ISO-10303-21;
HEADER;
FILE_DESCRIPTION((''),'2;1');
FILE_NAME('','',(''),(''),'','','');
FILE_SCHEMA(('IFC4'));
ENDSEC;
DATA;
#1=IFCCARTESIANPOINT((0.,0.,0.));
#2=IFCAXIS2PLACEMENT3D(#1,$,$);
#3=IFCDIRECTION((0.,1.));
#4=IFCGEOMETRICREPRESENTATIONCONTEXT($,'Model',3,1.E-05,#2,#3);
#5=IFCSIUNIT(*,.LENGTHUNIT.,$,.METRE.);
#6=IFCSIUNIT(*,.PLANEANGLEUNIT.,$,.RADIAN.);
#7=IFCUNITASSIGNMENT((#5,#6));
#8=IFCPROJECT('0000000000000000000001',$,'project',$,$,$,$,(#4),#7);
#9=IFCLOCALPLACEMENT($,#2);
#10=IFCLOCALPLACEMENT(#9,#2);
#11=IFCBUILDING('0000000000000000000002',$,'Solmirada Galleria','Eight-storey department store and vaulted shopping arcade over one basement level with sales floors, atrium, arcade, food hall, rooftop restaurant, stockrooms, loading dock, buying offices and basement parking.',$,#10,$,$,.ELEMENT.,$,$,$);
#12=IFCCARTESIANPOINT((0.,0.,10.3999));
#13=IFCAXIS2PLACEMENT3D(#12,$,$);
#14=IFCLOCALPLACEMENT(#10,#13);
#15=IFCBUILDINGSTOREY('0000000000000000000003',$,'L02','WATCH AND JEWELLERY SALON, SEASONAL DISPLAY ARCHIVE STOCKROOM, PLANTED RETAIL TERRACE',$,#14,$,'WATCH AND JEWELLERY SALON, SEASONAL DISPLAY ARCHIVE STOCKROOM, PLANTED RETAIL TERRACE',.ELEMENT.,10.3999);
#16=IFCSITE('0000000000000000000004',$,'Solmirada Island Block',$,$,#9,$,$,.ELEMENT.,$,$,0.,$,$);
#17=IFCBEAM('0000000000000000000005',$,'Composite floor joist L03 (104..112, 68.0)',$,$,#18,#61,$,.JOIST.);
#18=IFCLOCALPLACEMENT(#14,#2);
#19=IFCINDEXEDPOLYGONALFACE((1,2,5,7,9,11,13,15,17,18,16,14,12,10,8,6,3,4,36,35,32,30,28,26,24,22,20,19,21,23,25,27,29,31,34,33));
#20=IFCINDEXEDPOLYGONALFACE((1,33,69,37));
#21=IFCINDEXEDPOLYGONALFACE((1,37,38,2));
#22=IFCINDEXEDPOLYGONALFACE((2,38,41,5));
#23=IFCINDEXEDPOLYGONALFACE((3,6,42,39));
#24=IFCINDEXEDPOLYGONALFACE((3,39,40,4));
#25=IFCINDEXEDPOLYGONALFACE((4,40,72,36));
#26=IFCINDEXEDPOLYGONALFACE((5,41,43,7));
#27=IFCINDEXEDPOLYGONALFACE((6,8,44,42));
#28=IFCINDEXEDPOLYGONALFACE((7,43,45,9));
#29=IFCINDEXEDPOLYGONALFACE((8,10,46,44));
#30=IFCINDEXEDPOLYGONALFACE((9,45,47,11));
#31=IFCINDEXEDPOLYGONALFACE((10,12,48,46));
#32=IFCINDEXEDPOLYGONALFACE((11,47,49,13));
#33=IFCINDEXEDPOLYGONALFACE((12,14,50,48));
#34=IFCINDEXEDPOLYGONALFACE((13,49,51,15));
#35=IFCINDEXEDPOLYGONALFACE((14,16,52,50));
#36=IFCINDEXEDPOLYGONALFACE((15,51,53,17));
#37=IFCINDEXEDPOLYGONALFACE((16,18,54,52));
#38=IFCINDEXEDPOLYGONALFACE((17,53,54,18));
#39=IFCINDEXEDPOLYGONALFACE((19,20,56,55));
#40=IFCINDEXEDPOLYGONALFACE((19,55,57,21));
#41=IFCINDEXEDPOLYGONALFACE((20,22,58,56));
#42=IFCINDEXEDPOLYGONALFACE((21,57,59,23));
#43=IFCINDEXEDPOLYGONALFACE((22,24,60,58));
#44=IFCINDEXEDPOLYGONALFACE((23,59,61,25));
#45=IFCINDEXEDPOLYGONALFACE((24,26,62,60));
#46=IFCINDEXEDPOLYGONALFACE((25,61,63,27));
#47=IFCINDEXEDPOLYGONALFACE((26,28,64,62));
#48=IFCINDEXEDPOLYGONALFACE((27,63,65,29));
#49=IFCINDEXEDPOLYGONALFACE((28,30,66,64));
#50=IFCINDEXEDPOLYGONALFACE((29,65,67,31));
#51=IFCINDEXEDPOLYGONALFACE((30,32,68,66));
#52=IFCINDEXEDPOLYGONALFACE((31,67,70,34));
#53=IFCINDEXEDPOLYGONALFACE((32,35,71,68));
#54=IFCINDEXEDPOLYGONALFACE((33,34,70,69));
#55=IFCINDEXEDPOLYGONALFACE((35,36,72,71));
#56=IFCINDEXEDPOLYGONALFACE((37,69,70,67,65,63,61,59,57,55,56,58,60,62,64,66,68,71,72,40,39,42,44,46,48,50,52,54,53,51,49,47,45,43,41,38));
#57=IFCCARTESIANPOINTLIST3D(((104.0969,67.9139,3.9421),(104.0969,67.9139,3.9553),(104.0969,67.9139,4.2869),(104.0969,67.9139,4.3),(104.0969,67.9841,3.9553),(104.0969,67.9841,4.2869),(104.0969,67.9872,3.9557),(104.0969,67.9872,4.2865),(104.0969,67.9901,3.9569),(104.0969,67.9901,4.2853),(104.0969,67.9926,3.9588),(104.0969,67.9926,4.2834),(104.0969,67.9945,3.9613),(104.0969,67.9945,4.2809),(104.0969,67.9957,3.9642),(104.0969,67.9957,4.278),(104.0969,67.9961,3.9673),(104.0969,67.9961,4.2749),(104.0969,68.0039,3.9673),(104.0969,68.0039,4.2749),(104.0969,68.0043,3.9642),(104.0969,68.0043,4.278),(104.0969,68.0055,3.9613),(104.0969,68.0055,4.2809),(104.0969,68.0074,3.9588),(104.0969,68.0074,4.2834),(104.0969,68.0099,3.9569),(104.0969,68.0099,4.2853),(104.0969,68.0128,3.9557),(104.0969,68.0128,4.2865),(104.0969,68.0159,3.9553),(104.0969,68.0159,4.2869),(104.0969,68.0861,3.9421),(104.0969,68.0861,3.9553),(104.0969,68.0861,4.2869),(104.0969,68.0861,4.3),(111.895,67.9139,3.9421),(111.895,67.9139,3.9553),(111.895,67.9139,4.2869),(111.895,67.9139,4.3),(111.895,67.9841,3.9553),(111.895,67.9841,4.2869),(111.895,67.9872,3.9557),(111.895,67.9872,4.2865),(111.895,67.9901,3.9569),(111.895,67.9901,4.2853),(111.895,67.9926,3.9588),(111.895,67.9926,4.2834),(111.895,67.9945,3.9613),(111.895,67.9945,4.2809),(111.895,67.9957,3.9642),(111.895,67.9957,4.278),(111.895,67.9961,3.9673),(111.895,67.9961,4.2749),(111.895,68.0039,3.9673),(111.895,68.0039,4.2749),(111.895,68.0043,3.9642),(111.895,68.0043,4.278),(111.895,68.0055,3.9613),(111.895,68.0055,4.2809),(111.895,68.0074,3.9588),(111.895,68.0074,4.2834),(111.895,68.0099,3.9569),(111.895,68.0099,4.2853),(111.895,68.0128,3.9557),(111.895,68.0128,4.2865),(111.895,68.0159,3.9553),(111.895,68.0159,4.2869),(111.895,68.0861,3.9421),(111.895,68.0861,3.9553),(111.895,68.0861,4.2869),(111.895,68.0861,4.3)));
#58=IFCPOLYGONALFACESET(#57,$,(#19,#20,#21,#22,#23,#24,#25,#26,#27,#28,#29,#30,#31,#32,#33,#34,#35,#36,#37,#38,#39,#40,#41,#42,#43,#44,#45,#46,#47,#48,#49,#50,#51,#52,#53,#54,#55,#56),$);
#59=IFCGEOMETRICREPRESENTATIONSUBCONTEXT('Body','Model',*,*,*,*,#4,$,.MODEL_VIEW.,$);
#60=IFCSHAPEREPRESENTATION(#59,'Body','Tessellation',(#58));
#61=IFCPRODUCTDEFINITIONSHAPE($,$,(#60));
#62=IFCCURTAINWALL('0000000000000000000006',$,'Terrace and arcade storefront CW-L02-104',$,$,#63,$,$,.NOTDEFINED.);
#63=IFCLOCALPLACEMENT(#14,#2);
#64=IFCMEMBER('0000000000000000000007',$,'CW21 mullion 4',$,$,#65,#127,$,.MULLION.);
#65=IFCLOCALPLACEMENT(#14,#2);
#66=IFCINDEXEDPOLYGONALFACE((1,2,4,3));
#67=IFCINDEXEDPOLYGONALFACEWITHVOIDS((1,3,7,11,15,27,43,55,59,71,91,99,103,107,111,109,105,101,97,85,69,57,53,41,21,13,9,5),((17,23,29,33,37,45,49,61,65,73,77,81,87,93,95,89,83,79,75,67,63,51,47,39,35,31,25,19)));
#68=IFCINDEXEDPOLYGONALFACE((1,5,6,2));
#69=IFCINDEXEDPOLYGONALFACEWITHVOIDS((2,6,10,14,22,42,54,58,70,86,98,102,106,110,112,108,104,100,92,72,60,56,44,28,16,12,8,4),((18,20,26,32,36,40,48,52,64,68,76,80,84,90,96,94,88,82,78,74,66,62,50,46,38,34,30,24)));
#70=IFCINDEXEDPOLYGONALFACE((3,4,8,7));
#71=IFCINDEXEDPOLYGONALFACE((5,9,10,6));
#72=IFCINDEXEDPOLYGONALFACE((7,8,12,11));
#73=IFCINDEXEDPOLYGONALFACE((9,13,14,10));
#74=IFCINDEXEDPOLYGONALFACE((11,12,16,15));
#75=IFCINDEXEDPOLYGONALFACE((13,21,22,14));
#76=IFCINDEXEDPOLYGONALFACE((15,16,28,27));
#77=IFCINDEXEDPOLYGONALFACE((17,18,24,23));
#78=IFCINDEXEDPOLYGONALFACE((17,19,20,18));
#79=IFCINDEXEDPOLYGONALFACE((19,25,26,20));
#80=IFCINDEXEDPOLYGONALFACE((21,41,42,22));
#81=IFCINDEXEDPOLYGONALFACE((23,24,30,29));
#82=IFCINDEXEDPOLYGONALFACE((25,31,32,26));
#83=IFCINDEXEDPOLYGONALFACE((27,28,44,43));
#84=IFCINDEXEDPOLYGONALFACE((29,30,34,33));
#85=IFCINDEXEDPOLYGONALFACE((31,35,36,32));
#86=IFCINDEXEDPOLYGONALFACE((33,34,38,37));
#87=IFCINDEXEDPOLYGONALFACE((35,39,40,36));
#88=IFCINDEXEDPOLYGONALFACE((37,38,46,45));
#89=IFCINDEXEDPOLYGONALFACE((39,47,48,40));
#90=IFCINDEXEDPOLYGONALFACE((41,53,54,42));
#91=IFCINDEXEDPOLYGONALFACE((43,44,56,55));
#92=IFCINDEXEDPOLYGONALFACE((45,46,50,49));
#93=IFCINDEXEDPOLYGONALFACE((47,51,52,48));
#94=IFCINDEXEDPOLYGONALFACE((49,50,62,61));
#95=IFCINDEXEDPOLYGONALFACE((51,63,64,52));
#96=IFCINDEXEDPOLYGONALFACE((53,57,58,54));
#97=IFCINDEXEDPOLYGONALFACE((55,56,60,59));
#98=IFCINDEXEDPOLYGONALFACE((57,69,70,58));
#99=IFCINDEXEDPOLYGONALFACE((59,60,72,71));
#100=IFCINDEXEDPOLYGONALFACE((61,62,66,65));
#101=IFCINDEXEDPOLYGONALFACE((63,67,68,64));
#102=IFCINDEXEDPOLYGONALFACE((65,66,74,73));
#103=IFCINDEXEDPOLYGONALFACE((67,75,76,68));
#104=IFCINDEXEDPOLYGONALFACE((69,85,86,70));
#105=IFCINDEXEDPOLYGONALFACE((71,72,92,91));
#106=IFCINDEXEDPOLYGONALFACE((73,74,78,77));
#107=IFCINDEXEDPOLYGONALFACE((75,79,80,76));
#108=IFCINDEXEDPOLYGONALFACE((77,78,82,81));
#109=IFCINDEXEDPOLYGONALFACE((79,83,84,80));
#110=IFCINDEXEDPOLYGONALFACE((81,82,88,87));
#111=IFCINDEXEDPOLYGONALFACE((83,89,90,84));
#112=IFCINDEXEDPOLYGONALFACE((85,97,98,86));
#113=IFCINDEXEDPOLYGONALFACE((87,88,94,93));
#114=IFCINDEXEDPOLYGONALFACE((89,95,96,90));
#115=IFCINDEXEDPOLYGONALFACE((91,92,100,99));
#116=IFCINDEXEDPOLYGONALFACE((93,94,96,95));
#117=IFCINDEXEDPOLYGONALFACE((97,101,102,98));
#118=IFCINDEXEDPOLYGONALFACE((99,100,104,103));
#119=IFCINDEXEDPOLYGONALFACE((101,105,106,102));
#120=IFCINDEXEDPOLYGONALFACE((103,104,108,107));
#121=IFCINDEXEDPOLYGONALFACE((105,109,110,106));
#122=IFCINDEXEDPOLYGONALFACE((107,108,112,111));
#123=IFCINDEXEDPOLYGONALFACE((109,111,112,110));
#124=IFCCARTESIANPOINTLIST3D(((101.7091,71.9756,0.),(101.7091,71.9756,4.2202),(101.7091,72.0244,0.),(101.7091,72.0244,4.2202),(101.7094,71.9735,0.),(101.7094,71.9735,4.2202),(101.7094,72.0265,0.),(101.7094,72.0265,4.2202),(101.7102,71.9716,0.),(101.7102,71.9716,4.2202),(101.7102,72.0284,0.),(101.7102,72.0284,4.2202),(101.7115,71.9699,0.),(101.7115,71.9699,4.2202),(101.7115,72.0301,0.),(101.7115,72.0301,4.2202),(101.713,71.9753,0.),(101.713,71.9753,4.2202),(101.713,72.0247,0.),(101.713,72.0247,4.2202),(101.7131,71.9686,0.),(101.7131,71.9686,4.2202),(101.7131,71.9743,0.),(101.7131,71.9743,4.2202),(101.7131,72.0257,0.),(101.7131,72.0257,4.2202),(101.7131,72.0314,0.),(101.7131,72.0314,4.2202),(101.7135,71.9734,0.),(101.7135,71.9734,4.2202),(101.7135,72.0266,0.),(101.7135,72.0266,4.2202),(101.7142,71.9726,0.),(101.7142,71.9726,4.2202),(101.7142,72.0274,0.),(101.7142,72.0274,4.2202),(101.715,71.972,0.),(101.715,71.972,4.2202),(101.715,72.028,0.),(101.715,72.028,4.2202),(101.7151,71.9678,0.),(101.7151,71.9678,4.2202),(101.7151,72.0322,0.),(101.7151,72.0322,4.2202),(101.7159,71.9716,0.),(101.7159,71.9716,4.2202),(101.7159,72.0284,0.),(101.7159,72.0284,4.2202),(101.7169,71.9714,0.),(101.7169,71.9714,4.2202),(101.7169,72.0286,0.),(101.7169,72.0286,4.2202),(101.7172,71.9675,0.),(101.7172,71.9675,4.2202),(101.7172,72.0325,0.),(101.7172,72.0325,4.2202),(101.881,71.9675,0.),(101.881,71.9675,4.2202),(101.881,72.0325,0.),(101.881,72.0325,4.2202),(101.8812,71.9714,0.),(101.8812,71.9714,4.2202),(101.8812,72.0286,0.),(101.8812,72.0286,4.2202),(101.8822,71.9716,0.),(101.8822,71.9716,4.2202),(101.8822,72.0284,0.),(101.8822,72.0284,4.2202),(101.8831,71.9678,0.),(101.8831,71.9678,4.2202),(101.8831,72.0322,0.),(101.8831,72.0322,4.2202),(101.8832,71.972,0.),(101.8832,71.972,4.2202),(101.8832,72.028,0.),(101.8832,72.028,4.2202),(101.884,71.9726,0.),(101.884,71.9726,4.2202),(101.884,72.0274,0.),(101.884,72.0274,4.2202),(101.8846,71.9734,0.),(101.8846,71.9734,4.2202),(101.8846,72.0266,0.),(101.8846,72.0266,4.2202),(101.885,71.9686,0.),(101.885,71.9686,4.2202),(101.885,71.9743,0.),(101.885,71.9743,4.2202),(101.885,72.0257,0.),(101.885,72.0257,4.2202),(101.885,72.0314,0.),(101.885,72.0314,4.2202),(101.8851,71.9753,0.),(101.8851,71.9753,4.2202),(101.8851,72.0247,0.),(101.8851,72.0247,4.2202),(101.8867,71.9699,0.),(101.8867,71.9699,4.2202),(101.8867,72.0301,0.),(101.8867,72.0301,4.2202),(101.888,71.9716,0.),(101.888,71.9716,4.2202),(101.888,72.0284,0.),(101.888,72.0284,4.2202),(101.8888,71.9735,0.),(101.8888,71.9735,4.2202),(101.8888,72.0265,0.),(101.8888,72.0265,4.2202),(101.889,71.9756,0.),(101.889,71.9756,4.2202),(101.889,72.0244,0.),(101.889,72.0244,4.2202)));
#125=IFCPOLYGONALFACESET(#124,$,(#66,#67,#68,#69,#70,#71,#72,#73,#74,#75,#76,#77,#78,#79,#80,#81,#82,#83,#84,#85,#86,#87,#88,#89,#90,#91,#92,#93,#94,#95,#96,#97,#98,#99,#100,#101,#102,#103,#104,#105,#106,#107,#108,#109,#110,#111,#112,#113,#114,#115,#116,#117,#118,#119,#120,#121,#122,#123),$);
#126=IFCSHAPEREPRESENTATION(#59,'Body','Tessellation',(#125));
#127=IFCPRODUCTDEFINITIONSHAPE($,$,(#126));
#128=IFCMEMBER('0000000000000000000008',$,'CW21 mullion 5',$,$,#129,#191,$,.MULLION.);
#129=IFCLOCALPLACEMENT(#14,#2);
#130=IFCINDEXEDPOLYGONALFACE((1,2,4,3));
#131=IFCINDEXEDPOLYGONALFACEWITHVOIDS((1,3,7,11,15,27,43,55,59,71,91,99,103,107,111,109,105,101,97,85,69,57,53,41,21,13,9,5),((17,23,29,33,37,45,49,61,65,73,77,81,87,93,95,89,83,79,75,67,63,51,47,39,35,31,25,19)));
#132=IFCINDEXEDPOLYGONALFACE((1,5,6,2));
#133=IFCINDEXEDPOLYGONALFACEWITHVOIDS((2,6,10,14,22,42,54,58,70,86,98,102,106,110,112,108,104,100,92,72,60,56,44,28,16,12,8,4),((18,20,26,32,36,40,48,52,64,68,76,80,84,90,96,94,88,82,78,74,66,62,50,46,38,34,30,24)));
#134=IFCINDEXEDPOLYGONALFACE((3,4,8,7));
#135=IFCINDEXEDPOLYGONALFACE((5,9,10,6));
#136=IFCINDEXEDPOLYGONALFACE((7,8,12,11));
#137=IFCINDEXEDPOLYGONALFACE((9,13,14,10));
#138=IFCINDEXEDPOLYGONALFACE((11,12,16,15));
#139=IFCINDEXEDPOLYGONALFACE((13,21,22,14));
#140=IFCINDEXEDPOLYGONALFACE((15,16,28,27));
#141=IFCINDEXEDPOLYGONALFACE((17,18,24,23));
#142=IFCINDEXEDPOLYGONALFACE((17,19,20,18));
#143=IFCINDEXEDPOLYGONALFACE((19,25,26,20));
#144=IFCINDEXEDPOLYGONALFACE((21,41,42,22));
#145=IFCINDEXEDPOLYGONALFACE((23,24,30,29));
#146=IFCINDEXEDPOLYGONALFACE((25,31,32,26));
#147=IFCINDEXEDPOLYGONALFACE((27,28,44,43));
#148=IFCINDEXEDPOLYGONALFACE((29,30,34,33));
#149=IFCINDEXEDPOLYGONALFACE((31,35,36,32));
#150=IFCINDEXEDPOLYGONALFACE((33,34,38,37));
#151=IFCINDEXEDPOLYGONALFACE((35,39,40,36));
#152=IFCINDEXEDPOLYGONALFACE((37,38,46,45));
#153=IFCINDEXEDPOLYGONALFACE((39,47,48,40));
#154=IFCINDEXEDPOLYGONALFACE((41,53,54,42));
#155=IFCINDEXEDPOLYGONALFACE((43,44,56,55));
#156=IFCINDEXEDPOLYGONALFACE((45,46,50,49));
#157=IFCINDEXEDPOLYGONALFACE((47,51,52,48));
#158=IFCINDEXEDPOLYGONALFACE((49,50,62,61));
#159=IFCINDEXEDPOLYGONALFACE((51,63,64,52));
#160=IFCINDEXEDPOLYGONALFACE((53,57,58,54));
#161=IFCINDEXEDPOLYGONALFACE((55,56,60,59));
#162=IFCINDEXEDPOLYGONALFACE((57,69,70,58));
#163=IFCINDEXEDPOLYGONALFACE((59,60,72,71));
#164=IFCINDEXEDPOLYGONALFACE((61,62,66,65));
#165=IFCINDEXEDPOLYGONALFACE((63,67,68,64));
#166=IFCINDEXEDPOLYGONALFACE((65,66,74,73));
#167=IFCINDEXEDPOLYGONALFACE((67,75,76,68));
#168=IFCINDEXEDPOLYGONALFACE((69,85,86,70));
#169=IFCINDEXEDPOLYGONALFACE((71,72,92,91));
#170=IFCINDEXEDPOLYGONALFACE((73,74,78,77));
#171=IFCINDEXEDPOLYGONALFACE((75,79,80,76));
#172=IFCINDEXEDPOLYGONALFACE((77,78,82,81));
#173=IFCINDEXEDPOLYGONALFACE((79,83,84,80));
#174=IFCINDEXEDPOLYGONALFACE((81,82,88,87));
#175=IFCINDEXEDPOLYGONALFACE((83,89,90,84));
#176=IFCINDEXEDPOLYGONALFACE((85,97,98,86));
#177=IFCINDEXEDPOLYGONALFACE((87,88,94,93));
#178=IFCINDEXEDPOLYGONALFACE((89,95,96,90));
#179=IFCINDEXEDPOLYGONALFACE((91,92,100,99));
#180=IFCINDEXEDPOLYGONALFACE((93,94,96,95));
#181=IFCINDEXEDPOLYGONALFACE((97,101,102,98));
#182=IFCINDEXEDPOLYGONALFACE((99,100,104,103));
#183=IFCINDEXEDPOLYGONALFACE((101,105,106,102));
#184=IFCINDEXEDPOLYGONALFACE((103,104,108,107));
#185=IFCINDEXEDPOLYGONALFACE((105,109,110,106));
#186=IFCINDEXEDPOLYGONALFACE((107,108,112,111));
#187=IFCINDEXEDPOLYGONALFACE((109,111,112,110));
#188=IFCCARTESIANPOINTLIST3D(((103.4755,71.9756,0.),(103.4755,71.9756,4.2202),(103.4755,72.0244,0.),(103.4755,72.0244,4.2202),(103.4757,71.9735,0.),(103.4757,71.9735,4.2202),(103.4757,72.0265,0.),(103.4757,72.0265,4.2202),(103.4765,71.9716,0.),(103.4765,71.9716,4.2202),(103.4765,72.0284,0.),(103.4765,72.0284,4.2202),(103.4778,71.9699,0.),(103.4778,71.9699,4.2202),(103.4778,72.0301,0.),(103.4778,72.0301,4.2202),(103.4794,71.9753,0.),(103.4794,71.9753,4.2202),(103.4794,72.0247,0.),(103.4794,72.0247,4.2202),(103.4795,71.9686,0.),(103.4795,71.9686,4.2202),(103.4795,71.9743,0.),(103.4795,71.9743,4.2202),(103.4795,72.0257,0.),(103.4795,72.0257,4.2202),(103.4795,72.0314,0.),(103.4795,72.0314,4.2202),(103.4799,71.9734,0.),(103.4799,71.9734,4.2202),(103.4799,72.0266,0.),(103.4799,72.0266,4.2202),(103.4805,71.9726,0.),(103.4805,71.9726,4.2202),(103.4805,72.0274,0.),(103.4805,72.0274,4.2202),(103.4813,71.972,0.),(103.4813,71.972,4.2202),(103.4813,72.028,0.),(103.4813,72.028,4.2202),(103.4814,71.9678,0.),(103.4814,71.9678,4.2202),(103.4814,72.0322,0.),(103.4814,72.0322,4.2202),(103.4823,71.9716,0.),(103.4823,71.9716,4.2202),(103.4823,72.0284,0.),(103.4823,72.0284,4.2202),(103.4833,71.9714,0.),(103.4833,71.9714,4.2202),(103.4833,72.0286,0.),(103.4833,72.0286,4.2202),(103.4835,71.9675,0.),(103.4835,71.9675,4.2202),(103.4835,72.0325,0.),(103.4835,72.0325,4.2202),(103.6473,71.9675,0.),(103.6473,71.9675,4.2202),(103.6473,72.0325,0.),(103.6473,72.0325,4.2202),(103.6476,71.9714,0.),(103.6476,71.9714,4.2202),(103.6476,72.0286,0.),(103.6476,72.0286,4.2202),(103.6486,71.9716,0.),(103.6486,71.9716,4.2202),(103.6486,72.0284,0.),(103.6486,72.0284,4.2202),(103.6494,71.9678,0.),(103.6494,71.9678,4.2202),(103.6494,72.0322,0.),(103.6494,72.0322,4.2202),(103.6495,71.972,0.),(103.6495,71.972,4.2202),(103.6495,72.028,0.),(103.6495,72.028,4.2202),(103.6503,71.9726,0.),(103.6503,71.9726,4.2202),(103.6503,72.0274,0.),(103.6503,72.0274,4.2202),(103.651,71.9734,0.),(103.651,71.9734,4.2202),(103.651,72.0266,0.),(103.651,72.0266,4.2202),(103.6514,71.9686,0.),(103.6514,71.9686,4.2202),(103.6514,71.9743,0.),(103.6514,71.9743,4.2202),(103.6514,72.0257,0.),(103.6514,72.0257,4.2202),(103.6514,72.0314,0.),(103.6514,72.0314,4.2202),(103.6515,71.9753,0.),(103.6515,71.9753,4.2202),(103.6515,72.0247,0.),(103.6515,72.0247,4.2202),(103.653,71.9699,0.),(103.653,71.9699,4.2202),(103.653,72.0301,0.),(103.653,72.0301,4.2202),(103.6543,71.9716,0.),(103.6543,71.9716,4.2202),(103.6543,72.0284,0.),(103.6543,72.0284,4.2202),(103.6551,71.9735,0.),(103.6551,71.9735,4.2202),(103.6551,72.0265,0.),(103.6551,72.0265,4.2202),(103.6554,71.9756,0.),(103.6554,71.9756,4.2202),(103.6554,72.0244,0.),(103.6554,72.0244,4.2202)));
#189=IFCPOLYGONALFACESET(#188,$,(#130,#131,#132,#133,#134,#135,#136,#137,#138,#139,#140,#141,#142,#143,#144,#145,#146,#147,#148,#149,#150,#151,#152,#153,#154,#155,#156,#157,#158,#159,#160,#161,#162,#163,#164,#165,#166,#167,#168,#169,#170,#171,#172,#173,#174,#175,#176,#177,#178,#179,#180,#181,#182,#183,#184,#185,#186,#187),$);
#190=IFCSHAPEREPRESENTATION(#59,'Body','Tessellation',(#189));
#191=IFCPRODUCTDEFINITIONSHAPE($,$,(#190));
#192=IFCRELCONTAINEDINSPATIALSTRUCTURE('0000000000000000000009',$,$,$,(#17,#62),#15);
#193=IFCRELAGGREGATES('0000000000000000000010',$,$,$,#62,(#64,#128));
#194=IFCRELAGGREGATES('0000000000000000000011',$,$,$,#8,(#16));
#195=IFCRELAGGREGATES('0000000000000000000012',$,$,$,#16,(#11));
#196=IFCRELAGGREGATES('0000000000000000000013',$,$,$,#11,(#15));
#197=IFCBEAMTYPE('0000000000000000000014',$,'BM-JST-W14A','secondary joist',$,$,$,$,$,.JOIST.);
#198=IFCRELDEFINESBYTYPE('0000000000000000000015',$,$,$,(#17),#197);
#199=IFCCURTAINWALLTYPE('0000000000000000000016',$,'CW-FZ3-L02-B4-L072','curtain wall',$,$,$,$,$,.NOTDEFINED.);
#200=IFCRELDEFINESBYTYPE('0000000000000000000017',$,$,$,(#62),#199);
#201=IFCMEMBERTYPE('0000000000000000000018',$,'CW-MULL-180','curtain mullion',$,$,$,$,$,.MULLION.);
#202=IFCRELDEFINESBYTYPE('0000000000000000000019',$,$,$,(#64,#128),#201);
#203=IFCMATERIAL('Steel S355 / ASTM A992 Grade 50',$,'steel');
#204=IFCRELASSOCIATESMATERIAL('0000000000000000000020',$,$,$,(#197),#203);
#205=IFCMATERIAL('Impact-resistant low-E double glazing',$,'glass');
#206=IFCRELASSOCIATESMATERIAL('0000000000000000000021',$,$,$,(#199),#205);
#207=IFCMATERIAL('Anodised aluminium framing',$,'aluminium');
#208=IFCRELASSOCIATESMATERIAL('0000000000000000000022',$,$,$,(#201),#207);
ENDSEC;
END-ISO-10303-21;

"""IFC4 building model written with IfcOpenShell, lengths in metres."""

from ifc_helpers import new_model, si_unit, direction, frame, origin, origin_2d, place, context, subcontext, project, spatial, hollow_rectangle, i_section, extrude, material, material_profile, profile_set, type_object, element, aggregate, save


model = new_model("IFC4")

# Units and contexts
model_context = context("Model", 3, precision=1e-05, world=origin(), true_north=direction((0.0, 1.0)))
body_context = subcontext(model_context, "Body", "Model", "MODEL_VIEW")
ifc_project = project(units=[si_unit("LENGTHUNIT", "METRE"), si_unit("PLANEANGLEUNIT", "RADIAN")], contexts=[model_context])

# Site, building, storey
site_placement = place(None, origin())
site = spatial("IfcSite", under=ifc_project, at=site_placement, Name="Solmirada Island Block", CompositionType="ELEMENT", RefElevation=0.0)
building_placement = place(site_placement, origin())
building = spatial("IfcBuilding", under=site, at=building_placement, Name="Solmirada Galleria", Description="Eight-storey department store and vaulted shopping arcade over one basement level with sales floors, atrium, arcade, food hall, rooftop restaurant, stockrooms, loading dock, buying offices and basement parking.", CompositionType="ELEMENT")
storey_placement = place(building_placement, frame((0.0, 0.0, 10.3999)))
storey = spatial("IfcBuildingStorey", under=building, at=storey_placement, Name="L02", Description="WATCH AND JEWELLERY SALON, SEASONAL DISPLAY ARCHIVE STOCKROOM, PLANTED RETAIL TERRACE", LongName="WATCH AND JEWELLERY SALON, SEASONAL DISPLAY ARCHIVE STOCKROOM, PLANTED RETAIL TERRACE", CompositionType="ELEMENT", Elevation=10.3999)

# Beam
ifc_material_1 = material(Name="Steel S355 / ASTM A992 Grade 50", Category="steel")
ifc_material_profile_1 = material_profile(ifc_material_1, i_section(OverallWidth=0.1721, OverallDepth=0.3579, WebThickness=0.0078, FlangeThickness=0.0132, FilletRadius=0.012, at=origin_2d()), Name="W14X38")
ifc_profile_set_1 = profile_set([ifc_material_profile_1], Name="Steel S355 / ASTM A992 Grade 50")
beam_type_1 = type_object("IfcBeamType", Name="BM-JST-W14A", Description="secondary joist", PredefinedType="JOIST", material=ifc_profile_set_1)
beam_1_placement = place(storey_placement, frame((104.0969, 68.0, 4.1211), z_axis=(1.0, 0.0, 0.0), x_axis=(0.0, 1.0, 0.0)))
element("IfcBeam", 1, at=beam_1_placement, inside=storey, type_object=beam_type_1, Name="Composite floor joist L03 (104..112, 68.0)", PredefinedType="JOIST", context=body_context, shape_type="SweptSolid", body=[
    extrude(i_section(OverallWidth=0.1721, OverallDepth=0.3579, WebThickness=0.0078, FlangeThickness=0.0132, FilletRadius=0.012, at=origin_2d()), origin(), (0.0, 0.0, 1.0), 7.7981),
])

# Curtain wall, members
ifc_material_2 = material(Name="Impact-resistant low-E double glazing", Category="glass")
curtain_wall_type = type_object("IfcCurtainWallType", Name="CW-FZ3-L02-B4-L072", Description="curtain wall", PredefinedType="NOTDEFINED", material=ifc_material_2)
curtain_wall_1_placement = place(storey_placement, origin())
curtain_wall_1 = element("IfcCurtainWall", 2, at=curtain_wall_1_placement, inside=storey, type_object=curtain_wall_type, Name="Terrace and arcade storefront CW-L02-104", PredefinedType="NOTDEFINED")
ifc_material_3 = material(Name="Anodised aluminium framing", Category="aluminium")
ifc_material_profile_2 = material_profile(ifc_material_3, hollow_rectangle(XDim=0.0649, YDim=0.1799, WallThickness=0.0039, InnerFilletRadius=0.0039, OuterFilletRadius=0.0081, at=origin_2d()), Name="ALU-MULL-180X65")
ifc_profile_set_2 = profile_set([ifc_material_profile_2], Name="Anodised aluminium framing")
member_type_1 = type_object("IfcMemberType", Name="CW-MULL-180", Description="curtain mullion", PredefinedType="MULLION", material=ifc_profile_set_2)
member_1_placement = place(storey_placement, frame((101.7991, 72.0, 0.0), z_axis=(0.0, 0.0, 1.0), x_axis=(0.0, 1.0, 0.0)))
member_1 = element("IfcMember", 3, at=member_1_placement, type_object=member_type_1, Name="CW21 mullion 4", PredefinedType="MULLION", context=body_context, shape_type="SweptSolid", body=[
    extrude(hollow_rectangle(XDim=0.0649, YDim=0.1799, WallThickness=0.0039, InnerFilletRadius=0.0039, OuterFilletRadius=0.0081, at=origin_2d()), origin(), (0.0, 0.0, 1.0), 4.2202),
])
member_2_placement = place(storey_placement, frame((103.5654, 72.0, 0.0), z_axis=(0.0, 0.0, 1.0), x_axis=(0.0, 1.0, 0.0)))
member_2 = element("IfcMember", 4, at=member_2_placement, type_object=member_type_1, Name="CW21 mullion 5", PredefinedType="MULLION", context=body_context, shape_type="SweptSolid", body=[
    extrude(hollow_rectangle(XDim=0.0649, YDim=0.1799, WallThickness=0.0039, InnerFilletRadius=0.0039, OuterFilletRadius=0.0081, at=origin_2d()), origin(), (0.0, 0.0, 1.0), 4.2202),
])

aggregate(curtain_wall_1, [member_1, member_2])

save(model, "model.ifc")
